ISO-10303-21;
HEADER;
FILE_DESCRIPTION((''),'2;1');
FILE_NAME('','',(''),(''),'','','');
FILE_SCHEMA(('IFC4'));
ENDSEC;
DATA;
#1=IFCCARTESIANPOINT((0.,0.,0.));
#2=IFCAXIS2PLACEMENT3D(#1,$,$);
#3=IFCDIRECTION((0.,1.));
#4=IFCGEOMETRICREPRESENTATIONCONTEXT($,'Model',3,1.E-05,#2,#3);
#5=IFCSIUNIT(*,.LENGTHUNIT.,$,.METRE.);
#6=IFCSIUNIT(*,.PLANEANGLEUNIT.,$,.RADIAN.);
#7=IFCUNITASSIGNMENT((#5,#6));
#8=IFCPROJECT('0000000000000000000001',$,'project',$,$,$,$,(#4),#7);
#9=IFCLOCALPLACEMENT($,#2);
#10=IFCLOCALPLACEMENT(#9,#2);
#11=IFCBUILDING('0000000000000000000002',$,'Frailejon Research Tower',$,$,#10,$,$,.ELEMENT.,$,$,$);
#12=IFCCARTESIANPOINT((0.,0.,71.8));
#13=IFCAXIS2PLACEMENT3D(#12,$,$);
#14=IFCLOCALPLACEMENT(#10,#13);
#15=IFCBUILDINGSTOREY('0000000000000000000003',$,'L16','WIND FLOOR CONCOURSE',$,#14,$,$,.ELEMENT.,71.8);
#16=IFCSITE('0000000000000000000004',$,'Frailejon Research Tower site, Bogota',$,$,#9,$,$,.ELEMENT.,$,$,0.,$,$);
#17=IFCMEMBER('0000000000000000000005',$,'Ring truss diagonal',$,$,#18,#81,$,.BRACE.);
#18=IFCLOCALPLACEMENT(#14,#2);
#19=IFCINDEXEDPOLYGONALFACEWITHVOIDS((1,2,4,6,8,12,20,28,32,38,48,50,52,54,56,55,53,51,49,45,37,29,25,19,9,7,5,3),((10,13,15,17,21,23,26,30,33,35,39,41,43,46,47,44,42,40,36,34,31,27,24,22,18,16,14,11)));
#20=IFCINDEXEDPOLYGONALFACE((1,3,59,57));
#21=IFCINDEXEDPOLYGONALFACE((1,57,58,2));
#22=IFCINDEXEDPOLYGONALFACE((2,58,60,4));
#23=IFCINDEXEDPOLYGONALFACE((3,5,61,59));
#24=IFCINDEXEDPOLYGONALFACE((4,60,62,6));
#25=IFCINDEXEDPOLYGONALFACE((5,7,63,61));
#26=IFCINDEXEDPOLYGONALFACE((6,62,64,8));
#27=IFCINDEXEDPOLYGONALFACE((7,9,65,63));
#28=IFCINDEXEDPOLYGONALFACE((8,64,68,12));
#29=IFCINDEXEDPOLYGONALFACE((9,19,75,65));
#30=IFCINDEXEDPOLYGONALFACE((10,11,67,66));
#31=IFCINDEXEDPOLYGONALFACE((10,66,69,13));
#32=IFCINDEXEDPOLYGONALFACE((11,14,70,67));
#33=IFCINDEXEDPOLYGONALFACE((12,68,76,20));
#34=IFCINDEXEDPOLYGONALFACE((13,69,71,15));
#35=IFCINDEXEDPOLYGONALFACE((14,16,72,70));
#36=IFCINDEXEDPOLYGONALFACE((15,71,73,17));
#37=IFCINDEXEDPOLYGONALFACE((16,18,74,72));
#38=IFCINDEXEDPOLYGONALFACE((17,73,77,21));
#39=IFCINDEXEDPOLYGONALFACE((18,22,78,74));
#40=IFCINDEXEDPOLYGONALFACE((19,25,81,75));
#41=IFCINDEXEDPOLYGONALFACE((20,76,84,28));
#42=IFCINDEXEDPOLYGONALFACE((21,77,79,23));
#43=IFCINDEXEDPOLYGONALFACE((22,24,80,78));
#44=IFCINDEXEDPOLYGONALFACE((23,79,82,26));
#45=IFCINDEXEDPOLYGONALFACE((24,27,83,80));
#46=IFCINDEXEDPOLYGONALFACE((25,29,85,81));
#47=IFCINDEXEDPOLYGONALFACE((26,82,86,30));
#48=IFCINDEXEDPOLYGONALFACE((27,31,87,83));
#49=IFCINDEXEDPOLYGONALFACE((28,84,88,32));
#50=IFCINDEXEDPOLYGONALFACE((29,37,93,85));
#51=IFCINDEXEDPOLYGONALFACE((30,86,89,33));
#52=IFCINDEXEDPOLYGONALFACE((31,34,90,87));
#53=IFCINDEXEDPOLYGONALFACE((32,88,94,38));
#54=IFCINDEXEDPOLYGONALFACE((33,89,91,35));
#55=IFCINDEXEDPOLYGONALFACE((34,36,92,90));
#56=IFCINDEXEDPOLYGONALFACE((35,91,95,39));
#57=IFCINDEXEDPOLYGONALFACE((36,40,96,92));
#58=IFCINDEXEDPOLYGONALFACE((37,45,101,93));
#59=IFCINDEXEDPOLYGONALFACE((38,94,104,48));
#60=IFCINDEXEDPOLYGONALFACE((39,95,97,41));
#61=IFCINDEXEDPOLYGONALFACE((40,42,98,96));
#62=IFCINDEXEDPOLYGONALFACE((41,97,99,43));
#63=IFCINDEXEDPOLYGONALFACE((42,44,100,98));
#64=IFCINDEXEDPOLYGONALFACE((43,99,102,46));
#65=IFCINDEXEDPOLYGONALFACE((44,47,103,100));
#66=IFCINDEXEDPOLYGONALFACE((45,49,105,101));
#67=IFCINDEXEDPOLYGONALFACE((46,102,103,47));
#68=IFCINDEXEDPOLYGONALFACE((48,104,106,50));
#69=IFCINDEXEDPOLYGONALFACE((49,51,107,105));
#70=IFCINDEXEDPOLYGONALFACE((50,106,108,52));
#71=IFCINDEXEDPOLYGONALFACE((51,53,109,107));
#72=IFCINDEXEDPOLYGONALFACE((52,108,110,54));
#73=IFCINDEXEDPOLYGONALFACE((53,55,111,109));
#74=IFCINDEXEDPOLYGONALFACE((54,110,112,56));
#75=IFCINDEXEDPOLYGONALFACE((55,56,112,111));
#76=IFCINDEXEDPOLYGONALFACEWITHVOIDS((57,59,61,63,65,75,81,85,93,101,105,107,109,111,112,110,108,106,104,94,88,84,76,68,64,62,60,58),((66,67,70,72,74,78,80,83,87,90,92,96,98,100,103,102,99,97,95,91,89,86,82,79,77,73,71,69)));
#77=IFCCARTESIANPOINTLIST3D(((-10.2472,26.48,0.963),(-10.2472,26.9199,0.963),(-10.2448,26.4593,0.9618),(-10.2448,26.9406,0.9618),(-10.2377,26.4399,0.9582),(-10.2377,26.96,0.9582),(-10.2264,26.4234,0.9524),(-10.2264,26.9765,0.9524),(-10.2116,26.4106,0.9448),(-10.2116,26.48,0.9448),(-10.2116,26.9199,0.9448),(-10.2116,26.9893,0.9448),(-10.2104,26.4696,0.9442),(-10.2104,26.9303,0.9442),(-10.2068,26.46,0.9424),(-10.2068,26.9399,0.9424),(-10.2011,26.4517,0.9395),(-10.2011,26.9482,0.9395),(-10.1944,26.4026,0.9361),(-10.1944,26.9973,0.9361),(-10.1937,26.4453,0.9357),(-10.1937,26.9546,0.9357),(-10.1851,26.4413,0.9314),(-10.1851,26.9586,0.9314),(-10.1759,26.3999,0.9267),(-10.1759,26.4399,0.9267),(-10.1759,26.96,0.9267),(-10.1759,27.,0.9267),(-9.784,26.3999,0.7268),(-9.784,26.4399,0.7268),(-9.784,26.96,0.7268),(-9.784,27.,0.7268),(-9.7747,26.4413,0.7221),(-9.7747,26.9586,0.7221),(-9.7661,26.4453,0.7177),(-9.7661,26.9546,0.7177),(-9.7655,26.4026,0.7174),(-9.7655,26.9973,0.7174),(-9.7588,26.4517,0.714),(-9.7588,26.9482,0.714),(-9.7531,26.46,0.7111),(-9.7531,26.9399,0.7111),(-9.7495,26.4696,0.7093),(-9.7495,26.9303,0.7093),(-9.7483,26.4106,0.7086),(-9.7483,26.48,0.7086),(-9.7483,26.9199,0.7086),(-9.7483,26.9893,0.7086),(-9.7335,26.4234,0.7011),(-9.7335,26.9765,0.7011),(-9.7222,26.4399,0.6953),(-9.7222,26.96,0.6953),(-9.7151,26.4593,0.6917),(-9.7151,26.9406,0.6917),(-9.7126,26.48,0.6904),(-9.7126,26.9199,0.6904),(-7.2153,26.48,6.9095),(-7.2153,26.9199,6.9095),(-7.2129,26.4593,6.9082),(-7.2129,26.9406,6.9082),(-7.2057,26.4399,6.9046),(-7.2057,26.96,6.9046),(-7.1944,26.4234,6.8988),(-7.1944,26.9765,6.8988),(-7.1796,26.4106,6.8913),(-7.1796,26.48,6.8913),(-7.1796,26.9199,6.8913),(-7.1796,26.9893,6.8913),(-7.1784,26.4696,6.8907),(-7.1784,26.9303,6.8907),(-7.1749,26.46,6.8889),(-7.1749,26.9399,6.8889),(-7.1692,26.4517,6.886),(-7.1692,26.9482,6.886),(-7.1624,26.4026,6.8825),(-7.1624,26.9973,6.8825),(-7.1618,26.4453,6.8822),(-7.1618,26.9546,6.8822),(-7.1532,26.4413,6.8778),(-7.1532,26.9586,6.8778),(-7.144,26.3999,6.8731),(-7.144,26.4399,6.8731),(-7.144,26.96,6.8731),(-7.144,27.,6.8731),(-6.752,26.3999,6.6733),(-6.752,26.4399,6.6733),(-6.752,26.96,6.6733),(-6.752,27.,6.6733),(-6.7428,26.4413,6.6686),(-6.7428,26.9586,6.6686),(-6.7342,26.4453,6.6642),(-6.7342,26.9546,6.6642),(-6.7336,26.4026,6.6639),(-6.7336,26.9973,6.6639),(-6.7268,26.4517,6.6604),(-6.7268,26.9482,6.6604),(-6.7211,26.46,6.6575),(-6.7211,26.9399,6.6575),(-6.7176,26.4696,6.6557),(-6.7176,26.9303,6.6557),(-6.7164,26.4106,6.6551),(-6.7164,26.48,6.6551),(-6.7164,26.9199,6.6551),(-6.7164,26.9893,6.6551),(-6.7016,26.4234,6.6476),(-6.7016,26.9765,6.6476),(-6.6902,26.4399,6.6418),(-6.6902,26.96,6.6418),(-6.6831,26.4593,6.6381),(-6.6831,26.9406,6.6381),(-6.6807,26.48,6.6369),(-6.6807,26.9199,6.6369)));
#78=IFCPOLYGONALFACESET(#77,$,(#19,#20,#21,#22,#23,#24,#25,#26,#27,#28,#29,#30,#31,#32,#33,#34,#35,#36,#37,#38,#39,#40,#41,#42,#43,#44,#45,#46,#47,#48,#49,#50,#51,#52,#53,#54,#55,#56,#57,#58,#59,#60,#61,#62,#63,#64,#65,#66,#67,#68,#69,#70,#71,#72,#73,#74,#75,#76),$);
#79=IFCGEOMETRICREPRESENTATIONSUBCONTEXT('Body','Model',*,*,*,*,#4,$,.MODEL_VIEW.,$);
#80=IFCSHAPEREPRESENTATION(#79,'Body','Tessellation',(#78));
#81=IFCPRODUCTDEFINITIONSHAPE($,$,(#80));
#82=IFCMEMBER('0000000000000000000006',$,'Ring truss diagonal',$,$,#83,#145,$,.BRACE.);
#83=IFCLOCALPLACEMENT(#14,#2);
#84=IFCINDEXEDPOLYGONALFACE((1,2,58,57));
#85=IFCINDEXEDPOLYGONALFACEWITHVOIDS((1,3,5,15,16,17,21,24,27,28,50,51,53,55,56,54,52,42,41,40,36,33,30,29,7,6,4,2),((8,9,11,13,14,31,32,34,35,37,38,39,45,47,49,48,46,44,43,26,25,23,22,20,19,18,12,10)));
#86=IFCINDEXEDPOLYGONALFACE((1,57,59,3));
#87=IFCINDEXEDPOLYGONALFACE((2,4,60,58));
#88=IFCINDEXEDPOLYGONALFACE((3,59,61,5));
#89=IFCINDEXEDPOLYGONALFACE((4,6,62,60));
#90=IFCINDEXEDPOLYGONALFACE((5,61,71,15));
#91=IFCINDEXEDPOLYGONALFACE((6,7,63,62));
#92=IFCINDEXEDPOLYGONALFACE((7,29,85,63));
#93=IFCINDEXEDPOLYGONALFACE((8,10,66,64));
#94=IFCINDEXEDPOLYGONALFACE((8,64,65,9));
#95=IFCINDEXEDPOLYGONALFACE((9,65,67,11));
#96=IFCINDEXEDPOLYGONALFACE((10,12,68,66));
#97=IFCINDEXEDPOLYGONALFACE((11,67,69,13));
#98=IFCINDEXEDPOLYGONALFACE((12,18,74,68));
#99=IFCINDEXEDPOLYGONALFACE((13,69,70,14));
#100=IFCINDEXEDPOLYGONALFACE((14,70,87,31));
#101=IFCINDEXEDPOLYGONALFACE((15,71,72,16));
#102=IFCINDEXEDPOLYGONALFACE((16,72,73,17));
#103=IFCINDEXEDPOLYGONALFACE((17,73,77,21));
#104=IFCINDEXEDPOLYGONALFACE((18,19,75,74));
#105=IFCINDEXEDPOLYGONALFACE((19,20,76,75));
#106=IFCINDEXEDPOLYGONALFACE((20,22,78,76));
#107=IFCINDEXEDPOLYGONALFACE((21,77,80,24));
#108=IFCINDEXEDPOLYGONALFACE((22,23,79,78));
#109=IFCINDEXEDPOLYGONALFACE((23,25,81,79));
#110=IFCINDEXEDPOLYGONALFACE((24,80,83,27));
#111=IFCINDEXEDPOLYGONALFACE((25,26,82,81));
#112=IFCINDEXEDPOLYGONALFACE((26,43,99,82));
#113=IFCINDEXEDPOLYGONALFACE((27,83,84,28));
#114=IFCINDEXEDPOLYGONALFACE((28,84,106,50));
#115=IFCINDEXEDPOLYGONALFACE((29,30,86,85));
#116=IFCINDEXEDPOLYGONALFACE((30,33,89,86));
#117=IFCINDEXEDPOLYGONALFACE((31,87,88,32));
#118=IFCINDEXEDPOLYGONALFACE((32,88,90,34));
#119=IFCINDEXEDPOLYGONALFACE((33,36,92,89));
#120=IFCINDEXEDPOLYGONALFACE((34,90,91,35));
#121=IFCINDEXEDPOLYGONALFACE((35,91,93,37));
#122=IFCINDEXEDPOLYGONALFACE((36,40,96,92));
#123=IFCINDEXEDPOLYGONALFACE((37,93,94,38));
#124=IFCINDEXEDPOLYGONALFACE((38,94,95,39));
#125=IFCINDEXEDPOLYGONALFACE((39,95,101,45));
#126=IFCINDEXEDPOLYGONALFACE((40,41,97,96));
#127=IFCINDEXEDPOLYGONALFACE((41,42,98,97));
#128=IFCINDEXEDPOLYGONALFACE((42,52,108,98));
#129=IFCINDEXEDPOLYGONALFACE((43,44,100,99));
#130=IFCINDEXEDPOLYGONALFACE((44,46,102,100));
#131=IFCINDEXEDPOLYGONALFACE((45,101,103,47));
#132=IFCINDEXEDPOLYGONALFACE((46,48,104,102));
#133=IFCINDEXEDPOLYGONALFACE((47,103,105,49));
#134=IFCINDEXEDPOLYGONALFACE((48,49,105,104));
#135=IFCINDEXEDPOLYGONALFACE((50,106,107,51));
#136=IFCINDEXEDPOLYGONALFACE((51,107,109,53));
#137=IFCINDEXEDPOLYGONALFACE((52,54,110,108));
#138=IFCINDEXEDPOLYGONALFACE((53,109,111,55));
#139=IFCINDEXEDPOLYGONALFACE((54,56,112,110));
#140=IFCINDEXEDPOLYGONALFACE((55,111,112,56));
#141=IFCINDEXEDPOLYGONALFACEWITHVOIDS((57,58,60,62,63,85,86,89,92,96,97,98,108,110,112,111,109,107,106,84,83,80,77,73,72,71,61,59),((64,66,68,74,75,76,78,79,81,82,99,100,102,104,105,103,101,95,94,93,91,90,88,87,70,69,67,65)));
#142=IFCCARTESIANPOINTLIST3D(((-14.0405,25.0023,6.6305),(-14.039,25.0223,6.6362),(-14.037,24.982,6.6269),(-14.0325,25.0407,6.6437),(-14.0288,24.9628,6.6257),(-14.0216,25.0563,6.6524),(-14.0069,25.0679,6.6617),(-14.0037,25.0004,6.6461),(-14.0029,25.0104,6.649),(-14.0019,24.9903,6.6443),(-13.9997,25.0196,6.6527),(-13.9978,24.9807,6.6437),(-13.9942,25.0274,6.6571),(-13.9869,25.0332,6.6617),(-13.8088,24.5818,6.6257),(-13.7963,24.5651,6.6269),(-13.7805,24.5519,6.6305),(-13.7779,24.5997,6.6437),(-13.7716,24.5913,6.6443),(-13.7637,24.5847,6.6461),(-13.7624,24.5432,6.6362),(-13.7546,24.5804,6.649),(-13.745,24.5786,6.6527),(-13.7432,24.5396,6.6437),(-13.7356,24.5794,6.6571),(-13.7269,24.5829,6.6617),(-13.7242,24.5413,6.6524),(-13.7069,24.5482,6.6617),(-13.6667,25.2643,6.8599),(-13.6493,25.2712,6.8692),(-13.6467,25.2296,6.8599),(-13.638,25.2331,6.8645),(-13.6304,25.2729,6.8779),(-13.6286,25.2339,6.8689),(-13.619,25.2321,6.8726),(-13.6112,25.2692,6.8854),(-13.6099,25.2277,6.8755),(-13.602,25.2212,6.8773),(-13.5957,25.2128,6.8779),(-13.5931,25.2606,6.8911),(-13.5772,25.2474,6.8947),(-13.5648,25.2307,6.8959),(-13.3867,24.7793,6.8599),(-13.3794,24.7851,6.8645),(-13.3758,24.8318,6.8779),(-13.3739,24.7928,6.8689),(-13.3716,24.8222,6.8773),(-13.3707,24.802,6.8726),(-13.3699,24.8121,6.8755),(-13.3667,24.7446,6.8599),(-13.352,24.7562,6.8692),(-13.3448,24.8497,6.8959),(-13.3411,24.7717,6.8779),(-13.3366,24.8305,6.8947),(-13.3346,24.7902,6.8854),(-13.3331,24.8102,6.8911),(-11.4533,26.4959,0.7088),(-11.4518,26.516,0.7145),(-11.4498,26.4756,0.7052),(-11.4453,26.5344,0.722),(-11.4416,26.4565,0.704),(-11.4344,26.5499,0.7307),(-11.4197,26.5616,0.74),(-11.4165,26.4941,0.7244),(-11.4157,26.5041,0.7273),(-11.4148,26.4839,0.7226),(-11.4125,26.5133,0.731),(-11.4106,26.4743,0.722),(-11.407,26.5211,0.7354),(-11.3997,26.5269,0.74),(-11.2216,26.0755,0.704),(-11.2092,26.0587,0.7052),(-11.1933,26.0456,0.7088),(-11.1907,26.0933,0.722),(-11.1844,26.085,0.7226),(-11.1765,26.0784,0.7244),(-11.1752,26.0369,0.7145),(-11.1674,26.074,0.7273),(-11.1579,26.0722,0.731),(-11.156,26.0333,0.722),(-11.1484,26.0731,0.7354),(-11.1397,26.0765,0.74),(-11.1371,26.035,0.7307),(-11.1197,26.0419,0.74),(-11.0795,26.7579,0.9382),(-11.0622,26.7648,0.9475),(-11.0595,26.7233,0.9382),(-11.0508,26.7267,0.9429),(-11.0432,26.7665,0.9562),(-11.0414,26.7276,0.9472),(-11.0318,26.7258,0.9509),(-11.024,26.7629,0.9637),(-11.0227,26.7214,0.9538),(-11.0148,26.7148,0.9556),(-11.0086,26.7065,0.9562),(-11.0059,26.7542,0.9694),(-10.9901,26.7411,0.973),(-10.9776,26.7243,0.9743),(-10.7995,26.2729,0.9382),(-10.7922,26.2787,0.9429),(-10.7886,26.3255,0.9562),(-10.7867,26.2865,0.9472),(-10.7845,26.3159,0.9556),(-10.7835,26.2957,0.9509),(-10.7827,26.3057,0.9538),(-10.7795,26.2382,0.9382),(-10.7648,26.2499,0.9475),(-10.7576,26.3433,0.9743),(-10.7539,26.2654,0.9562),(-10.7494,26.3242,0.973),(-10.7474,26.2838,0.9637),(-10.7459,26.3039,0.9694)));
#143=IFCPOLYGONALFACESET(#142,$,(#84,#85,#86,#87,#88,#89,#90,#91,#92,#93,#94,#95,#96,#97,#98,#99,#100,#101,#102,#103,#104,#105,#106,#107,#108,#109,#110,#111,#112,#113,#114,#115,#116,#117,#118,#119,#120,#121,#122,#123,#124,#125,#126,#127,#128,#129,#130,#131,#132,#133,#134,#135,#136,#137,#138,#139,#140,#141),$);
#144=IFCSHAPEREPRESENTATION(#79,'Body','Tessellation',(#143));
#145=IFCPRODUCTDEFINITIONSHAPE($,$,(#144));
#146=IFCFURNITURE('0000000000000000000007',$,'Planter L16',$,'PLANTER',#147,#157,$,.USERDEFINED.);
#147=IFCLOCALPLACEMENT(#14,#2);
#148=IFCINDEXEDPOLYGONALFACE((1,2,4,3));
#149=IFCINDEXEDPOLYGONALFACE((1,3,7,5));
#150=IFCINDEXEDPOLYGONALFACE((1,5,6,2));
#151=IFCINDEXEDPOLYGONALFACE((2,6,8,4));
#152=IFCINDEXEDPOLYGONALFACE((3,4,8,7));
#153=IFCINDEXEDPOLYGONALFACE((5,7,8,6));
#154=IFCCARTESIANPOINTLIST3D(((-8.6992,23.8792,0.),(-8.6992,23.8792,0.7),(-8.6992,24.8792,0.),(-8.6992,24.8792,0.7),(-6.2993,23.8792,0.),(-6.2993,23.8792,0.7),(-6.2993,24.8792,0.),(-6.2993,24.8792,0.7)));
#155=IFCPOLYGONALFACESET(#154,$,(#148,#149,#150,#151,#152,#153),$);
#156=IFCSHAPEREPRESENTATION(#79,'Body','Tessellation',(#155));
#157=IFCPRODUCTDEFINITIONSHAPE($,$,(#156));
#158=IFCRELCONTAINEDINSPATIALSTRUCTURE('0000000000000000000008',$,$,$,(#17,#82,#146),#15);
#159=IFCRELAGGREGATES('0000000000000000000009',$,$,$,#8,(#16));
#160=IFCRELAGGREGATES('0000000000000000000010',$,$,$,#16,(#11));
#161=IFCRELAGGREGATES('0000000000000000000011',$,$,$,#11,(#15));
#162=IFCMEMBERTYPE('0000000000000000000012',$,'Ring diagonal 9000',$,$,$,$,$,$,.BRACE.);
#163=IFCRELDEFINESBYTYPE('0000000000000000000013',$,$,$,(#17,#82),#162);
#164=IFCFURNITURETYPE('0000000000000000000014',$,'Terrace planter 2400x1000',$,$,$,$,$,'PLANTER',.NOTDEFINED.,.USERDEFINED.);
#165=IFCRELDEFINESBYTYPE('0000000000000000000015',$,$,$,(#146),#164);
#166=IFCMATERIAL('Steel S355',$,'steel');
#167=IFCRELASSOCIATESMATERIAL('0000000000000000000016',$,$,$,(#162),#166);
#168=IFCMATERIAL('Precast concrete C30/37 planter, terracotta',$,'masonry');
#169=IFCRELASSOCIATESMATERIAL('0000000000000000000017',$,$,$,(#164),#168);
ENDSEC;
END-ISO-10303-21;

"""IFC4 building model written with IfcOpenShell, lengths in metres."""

from ifc_helpers import new_model, si_unit, direction, frame, origin, origin_2d, place, context, subcontext, project, spatial, rectangle, hollow_rectangle, extrude, material, material_profile, profile_set, type_object, element, save


model = new_model("IFC4")

# Units and contexts
model_context = context("Model", 3, precision=1e-05, world=origin(), true_north=direction((0.0, 1.0)))
body_context = subcontext(model_context, "Body", "Model", "MODEL_VIEW")
ifc_project = project(units=[si_unit("LENGTHUNIT", "METRE"), si_unit("PLANEANGLEUNIT", "RADIAN")], contexts=[model_context])

# Site, building, storey
site_placement = place(None, origin())
site = spatial("IfcSite", under=ifc_project, at=site_placement, Name="Frailejon Research Tower site, Bogota", CompositionType="ELEMENT", RefElevation=0.0)
building_placement = place(site_placement, origin())
building = spatial("IfcBuilding", under=site, at=building_placement, Name="Frailejon Research Tower", CompositionType="ELEMENT")
storey_placement = place(building_placement, frame((0.0, 0.0, 71.8)))
storey = spatial("IfcBuildingStorey", under=building, at=storey_placement, Name="L16", Description="WIND FLOOR CONCOURSE", CompositionType="ELEMENT", Elevation=71.8)

# Members
ifc_material_1 = material(Name="Steel S355", Category="steel")
ifc_material_profile_1 = material_profile(ifc_material_1, hollow_rectangle(XDim=0.6001, YDim=0.6001, WallThickness=0.04, InnerFilletRadius=0.04, OuterFilletRadius=0.0801, at=origin_2d()), Name="Ring diagonal 9000")
ifc_profile_set_1 = profile_set([ifc_material_profile_1], Name="Steel S355")
member_type = type_object("IfcMemberType", Name="Ring diagonal 9000", PredefinedType="BRACE", material=ifc_profile_set_1)
for number, where, z_axis, x_axis, name in (
    (1, (-6.948, 26.7, 6.7732), (-0.454237, 0.0, -0.890881), (0.0, -1.0, 0.0), "Ring truss diagonal"),
):
    element("IfcMember", number, at=place(storey_placement, frame(where, z_axis=z_axis, x_axis=x_axis)), inside=storey, type_object=member_type, Name=name, PredefinedType="BRACE", context=body_context, shape_type="SweptSolid", body=[
        extrude(hollow_rectangle(XDim=0.6001, YDim=0.6001, WallThickness=0.04, InnerFilletRadius=0.04, OuterFilletRadius=0.0801, at=origin_2d()), origin(), (0.0, 0.0, 1.0), 6.6748),
    ])
member_placement = place(storey_placement, frame((-11.0996, 26.3999, 0.8391), z_axis=(-0.390073, -0.225202, 0.89282), x_axis=(0.499989, -0.866032, 0.0)))
element("IfcMember", 2, at=member_placement, inside=storey, type_object=member_type, Name="Ring truss diagonal", PredefinedType="BRACE", context=body_context, shape_type="SweptSolid", body=[
    extrude(hollow_rectangle(XDim=0.6001, YDim=0.6001, WallThickness=0.04, InnerFilletRadius=0.04, OuterFilletRadius=0.0801, at=origin_2d()), origin(), (0.0, 0.0, 1.0), 6.6326),
])

# Furniture
ifc_material_2 = material(Name="Precast concrete C30/37 planter, terracotta", Category="masonry")
furniture_type = type_object("IfcFurnitureType", Name="Terrace planter 2400x1000", ElementType="PLANTER", AssemblyPlace="NOTDEFINED", PredefinedType="USERDEFINED", material=ifc_material_2)
furniture_placement = place(storey_placement, frame((-7.4993, 24.3792, 0.0), z_axis=(0.0, 0.0, 1.0), x_axis=(-1.0, 0.0, 0.0)))
element("IfcFurniture", 3, at=furniture_placement, inside=storey, type_object=furniture_type, Name="Planter L16", ObjectType="PLANTER", PredefinedType="USERDEFINED", context=body_context, shape_type="SweptSolid", body=[
    extrude(rectangle(XDim=2.3999, YDim=1.0, at=origin_2d()), origin(), (0.0, 0.0, 1.0), 0.7),
])

save(model, "model.ifc")
